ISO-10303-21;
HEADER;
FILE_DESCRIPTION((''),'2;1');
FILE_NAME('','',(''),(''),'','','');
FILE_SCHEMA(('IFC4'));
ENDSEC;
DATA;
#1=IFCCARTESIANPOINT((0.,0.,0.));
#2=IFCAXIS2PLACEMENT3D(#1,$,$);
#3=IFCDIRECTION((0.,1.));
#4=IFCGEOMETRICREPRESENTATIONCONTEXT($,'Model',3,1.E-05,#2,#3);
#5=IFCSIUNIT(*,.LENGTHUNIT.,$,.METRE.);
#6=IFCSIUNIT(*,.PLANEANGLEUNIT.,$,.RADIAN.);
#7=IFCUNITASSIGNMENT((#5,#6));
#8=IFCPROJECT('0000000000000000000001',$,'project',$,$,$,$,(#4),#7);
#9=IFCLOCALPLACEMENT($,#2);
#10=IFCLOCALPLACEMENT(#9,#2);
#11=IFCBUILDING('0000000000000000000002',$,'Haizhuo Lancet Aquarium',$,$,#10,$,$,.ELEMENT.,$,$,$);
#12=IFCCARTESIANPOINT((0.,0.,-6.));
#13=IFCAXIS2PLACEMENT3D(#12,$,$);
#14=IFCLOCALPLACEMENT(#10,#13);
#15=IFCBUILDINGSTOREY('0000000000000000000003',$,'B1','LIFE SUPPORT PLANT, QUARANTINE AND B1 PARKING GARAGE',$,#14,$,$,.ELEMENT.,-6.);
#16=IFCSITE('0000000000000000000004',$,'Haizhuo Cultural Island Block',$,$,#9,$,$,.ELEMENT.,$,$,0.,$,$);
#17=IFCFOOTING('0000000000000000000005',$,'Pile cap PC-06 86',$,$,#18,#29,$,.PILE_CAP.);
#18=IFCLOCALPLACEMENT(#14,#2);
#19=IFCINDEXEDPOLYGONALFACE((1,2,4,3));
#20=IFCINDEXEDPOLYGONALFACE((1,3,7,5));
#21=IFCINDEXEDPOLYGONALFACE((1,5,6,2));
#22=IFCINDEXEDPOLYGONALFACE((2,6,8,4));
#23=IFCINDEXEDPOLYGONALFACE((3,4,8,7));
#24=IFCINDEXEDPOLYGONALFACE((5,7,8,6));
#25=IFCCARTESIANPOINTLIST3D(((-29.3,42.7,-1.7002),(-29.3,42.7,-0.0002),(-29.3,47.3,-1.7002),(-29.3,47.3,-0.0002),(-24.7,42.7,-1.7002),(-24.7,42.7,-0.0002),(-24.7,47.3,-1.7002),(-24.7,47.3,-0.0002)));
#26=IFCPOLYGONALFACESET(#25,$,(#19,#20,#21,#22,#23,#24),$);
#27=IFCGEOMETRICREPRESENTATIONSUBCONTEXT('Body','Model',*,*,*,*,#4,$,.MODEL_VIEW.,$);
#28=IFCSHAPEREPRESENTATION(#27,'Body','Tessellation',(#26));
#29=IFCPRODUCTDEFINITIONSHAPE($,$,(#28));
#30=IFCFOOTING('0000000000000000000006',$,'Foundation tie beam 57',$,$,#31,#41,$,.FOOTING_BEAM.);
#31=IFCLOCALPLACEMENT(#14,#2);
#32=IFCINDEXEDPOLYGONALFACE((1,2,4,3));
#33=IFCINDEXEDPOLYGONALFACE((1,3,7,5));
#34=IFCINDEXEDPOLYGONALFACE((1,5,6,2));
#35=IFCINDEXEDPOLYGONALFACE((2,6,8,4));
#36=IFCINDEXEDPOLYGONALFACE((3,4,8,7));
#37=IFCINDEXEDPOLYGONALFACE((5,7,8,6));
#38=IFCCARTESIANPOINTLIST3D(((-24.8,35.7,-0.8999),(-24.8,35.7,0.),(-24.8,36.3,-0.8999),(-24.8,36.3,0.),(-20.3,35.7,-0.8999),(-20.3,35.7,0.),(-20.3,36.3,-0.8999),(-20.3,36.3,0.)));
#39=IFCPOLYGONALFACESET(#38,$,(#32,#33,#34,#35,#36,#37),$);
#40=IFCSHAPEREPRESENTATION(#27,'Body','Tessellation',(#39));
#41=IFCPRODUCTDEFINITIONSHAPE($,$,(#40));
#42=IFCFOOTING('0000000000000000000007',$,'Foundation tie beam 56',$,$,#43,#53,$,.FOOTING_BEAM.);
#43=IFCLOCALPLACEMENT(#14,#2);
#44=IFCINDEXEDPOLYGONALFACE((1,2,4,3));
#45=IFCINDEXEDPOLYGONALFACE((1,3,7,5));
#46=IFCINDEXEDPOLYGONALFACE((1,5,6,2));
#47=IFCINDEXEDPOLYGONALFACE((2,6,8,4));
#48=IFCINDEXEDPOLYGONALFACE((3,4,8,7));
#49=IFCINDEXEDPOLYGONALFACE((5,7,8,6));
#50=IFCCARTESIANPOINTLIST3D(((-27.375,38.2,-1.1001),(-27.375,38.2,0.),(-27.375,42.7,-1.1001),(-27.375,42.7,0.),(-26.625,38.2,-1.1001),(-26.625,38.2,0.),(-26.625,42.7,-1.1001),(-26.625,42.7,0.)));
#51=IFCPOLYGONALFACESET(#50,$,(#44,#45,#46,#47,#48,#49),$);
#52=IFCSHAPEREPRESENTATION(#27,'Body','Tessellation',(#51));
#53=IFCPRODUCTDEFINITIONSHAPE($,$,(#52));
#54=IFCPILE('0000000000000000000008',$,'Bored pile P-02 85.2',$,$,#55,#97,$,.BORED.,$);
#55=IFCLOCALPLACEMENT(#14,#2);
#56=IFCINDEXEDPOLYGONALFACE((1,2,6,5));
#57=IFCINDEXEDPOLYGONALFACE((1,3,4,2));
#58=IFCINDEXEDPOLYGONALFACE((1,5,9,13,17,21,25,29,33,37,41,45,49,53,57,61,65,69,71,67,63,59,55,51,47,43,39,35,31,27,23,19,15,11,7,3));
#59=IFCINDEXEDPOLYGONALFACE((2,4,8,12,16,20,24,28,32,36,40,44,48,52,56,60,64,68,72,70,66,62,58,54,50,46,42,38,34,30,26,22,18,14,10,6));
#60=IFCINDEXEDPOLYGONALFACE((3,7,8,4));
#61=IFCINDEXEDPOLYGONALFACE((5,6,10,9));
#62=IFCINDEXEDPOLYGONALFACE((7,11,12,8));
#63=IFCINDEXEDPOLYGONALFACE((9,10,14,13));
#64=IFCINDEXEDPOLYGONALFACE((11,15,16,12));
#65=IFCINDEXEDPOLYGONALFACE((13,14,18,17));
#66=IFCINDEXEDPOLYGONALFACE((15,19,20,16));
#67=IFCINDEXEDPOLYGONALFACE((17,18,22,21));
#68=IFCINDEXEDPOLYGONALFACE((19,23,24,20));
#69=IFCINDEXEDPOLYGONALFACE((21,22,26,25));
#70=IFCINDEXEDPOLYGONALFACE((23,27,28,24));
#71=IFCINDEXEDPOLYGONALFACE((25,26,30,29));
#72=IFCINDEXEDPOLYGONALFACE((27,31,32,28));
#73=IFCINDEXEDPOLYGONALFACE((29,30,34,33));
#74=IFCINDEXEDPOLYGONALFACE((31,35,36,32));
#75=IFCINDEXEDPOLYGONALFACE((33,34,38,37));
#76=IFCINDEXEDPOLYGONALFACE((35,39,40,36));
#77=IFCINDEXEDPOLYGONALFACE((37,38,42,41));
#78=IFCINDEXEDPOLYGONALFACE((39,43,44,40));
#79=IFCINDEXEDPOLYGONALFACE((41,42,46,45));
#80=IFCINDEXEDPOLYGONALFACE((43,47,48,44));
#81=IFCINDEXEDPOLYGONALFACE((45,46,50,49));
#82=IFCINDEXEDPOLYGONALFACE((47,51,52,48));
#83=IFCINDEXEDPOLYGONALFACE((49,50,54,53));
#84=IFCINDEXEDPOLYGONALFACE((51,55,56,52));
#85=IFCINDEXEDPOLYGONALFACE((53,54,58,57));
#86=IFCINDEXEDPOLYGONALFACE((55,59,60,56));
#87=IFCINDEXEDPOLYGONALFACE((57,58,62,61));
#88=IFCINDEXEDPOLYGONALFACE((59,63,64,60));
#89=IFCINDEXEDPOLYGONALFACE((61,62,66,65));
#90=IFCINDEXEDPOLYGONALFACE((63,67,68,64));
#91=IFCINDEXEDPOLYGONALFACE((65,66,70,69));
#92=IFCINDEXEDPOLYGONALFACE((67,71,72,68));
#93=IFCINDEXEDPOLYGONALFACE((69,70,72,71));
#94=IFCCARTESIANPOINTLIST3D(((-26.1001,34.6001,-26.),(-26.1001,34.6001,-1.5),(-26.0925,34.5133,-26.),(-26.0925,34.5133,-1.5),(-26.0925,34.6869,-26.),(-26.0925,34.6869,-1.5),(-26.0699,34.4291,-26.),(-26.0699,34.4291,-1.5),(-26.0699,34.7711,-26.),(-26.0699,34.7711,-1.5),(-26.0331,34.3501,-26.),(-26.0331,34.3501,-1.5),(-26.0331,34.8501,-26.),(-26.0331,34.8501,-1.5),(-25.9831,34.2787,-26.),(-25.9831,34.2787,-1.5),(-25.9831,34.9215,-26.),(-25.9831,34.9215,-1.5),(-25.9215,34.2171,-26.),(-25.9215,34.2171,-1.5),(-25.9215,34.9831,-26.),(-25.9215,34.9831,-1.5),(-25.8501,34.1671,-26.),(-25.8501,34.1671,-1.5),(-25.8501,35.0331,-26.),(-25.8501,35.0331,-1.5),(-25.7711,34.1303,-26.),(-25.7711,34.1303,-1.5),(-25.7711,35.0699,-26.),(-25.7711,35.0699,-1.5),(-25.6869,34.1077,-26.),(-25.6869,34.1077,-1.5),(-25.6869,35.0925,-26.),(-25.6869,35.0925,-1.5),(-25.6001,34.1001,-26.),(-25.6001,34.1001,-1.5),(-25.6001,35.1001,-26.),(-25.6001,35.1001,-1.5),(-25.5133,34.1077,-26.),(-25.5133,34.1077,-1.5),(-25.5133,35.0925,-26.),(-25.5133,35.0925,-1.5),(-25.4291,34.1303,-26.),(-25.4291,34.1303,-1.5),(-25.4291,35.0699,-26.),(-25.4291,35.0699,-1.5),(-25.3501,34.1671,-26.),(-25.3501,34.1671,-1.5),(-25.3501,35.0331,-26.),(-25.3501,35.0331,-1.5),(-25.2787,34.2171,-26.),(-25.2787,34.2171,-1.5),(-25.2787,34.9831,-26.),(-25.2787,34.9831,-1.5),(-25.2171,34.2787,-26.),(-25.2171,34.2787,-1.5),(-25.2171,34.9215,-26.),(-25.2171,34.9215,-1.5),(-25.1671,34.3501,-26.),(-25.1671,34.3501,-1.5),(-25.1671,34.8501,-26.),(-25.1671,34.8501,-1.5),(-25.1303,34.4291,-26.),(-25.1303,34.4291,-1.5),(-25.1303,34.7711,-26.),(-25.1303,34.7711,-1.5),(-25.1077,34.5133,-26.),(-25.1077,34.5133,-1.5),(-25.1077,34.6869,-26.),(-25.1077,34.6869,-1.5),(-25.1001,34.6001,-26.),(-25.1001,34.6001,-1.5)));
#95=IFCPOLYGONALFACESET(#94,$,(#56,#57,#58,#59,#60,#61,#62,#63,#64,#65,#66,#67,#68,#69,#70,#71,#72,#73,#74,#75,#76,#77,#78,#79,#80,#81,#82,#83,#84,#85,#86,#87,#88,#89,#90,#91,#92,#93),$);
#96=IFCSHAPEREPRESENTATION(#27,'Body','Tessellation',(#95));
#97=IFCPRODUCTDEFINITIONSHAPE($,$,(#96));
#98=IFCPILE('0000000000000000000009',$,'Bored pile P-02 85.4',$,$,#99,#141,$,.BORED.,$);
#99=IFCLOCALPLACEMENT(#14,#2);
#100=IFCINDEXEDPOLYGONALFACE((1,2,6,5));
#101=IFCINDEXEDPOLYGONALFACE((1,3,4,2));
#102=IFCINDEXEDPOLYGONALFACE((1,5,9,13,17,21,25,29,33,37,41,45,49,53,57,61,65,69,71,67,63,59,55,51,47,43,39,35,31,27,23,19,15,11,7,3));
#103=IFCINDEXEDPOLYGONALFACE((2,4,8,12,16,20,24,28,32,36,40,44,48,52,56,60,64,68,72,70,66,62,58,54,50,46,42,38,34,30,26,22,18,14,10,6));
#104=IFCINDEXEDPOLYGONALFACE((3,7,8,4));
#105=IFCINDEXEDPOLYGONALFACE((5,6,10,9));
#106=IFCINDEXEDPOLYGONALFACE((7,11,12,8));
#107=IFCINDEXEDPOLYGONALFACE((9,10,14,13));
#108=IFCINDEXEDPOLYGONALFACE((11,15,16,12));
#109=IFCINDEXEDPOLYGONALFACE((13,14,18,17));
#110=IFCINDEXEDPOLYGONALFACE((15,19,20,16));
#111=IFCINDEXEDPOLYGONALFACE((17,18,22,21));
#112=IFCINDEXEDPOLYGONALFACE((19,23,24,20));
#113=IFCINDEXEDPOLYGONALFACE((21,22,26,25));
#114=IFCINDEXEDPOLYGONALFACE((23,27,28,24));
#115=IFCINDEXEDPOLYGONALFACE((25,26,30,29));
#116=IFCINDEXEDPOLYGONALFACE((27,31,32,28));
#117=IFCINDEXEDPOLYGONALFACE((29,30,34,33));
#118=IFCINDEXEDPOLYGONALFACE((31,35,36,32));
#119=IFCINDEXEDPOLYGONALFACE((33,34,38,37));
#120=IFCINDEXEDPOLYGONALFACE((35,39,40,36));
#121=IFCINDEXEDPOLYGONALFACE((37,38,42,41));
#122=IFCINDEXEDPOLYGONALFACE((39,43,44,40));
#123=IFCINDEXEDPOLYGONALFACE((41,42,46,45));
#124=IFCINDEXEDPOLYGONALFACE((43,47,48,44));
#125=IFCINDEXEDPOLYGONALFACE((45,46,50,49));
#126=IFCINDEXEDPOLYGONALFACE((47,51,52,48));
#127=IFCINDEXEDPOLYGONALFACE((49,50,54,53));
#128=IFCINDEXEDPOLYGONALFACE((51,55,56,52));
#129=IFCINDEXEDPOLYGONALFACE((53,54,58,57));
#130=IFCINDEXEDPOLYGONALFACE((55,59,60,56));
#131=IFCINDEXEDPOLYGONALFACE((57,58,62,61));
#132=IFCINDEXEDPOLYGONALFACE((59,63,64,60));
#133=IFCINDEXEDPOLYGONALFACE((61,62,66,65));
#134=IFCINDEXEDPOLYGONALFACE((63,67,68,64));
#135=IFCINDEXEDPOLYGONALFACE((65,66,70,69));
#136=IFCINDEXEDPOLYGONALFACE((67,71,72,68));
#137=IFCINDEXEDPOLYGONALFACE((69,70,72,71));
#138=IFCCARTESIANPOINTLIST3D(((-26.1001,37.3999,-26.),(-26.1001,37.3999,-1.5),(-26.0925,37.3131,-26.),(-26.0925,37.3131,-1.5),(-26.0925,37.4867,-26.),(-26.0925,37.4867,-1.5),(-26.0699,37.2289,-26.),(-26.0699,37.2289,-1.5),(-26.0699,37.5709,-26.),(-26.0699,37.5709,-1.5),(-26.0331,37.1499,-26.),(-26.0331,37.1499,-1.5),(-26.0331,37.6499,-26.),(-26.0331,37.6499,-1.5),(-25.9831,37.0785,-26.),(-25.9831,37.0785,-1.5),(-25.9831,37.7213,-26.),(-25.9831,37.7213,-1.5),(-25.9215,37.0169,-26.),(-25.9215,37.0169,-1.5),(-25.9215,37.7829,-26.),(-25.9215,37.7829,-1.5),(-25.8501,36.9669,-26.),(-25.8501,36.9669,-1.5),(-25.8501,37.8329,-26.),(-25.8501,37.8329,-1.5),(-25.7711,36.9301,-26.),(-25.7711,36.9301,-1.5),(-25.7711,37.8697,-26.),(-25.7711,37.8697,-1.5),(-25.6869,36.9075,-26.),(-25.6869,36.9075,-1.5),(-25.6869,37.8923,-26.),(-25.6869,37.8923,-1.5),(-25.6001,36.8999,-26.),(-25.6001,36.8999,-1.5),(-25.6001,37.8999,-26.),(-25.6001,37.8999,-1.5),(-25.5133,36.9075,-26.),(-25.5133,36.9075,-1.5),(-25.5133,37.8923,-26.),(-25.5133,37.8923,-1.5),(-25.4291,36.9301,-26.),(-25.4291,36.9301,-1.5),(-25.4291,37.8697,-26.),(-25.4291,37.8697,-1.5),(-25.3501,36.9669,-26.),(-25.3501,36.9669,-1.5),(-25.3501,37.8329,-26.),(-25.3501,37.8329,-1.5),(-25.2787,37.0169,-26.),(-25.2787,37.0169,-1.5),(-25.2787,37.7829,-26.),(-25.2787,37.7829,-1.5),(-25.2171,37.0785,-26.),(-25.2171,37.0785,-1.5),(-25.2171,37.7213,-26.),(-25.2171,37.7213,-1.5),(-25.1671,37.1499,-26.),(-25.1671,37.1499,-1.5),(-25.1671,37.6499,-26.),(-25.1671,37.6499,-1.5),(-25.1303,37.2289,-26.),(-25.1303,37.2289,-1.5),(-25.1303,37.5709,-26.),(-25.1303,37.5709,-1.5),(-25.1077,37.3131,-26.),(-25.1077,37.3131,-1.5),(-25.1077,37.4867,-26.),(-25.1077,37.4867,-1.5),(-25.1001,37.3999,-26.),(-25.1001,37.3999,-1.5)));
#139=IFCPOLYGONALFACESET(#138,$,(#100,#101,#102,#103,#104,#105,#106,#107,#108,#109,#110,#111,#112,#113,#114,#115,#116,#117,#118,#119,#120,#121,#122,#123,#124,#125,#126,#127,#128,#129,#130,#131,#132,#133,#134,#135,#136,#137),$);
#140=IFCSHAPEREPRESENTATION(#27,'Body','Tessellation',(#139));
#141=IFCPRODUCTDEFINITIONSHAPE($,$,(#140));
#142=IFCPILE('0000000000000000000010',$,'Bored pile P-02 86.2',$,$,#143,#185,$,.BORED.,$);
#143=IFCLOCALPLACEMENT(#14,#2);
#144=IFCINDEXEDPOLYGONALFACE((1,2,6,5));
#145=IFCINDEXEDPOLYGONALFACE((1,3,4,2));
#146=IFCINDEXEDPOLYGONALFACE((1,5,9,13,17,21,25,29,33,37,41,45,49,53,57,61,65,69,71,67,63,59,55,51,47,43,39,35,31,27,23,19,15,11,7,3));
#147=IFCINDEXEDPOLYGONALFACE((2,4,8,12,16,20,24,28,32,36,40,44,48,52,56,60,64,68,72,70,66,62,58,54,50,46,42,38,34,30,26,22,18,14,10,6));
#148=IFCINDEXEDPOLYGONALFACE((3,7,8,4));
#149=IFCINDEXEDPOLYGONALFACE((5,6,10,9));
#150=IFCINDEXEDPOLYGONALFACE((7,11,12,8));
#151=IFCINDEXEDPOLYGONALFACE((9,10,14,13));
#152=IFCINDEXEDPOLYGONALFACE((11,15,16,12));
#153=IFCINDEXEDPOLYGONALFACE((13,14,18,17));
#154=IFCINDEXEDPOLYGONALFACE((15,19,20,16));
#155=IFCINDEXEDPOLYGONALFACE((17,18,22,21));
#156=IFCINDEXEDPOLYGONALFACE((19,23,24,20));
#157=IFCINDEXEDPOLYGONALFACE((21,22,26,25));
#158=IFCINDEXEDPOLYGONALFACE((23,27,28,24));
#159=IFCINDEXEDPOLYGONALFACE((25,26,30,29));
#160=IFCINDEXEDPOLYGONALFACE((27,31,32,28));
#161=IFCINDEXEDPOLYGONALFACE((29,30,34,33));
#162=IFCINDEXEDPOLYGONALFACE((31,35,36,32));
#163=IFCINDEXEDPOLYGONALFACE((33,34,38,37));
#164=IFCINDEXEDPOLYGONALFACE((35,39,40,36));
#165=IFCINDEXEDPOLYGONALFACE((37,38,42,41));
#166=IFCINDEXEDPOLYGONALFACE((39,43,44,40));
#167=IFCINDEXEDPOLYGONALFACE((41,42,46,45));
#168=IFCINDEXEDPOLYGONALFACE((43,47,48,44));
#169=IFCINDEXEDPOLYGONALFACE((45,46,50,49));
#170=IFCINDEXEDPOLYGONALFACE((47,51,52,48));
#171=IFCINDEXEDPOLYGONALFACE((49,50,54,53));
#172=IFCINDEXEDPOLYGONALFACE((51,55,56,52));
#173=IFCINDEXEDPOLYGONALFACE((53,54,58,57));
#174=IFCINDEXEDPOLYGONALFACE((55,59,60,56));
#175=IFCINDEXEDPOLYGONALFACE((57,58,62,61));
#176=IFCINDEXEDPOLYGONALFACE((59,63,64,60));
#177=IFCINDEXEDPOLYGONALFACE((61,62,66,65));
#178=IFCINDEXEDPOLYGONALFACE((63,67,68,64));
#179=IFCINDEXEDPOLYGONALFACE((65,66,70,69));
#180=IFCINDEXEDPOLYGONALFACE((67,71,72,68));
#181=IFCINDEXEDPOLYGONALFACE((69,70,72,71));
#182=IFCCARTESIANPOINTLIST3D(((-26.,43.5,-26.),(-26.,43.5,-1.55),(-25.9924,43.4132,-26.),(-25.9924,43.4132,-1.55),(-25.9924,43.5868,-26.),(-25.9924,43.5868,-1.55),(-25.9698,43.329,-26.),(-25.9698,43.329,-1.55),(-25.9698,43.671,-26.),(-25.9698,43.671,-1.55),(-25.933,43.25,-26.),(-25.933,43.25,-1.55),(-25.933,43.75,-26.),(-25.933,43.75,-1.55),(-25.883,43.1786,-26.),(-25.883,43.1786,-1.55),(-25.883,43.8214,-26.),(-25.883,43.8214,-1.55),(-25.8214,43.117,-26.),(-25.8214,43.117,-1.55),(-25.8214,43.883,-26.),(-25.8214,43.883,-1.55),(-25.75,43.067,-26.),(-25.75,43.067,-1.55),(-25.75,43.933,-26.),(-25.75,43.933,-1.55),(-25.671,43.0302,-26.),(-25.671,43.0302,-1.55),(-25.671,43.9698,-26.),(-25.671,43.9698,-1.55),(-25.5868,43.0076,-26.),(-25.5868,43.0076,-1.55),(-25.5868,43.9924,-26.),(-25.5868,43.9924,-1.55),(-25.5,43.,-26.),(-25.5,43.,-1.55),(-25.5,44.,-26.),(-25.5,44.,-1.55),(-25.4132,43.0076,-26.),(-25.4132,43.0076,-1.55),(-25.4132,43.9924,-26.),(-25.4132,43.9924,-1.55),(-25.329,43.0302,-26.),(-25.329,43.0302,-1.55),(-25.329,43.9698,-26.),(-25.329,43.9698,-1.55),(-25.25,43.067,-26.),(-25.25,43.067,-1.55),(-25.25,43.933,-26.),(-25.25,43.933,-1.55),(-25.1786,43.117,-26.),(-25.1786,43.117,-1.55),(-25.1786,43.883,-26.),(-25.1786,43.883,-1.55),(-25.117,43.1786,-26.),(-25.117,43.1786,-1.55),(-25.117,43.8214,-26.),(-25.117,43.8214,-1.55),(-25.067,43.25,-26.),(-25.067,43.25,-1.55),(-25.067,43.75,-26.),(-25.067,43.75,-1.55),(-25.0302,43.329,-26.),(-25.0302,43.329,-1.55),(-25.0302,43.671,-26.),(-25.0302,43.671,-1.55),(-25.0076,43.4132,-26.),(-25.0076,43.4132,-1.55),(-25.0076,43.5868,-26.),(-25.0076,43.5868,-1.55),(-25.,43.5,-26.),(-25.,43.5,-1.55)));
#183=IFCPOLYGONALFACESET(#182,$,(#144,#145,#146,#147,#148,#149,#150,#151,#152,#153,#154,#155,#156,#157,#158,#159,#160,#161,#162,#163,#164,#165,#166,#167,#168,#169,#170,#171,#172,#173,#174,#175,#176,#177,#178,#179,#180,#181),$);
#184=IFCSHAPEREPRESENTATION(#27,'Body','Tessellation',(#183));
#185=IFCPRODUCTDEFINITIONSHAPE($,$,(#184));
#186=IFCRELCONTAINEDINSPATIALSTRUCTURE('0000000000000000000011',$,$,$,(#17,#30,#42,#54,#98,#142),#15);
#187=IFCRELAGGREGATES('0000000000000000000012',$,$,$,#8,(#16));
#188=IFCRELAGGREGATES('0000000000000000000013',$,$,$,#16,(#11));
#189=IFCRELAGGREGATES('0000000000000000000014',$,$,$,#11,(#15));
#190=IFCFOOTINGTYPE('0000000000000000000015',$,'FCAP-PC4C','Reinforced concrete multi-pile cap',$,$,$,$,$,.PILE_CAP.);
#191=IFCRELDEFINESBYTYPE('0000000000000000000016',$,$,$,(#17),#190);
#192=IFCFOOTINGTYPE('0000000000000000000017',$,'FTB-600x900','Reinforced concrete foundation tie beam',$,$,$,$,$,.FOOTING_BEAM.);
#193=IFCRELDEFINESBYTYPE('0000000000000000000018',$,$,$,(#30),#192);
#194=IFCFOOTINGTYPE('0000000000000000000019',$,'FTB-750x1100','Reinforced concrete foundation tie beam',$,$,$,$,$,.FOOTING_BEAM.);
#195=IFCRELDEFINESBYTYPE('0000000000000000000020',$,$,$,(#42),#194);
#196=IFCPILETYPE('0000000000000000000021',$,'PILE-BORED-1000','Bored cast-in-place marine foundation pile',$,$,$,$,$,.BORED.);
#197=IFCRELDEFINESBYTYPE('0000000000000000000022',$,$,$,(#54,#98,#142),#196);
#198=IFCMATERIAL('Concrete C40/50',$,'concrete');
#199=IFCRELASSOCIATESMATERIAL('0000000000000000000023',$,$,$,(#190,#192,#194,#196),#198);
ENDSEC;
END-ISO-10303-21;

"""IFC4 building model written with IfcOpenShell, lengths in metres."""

from ifc_helpers import new_model, si_unit, direction, frame, origin, origin_2d, place, context, subcontext, project, spatial, rectangle, circle, extrude, material, material_profile, profile_set, type_object, element, save


model = new_model("IFC4")

# Units and contexts
model_context = context("Model", 3, precision=1e-05, world=origin(), true_north=direction((0.0, 1.0)))
body_context = subcontext(model_context, "Body", "Model", "MODEL_VIEW")
ifc_project = project(units=[si_unit("LENGTHUNIT", "METRE"), si_unit("PLANEANGLEUNIT", "RADIAN")], contexts=[model_context])

# Site, building, storey
site_placement = place(None, origin())
site = spatial("IfcSite", under=ifc_project, at=site_placement, Name="Haizhuo Cultural Island Block", CompositionType="ELEMENT", RefElevation=0.0)
building_placement = place(site_placement, origin())
building = spatial("IfcBuilding", under=site, at=building_placement, Name="Haizhuo Lancet Aquarium", CompositionType="ELEMENT")
storey_placement = place(building_placement, frame((0.0, 0.0, -6.0)))
storey = spatial("IfcBuildingStorey", under=building, at=storey_placement, Name="B1", Description="LIFE SUPPORT PLANT, QUARANTINE AND B1 PARKING GARAGE", CompositionType="ELEMENT", Elevation=-6.0)

# Footings
ifc_material_1 = material(Name="Concrete C40/50", Category="concrete")
footing_type_1 = type_object("IfcFootingType", Name="FCAP-PC4C", Description="Reinforced concrete multi-pile cap", PredefinedType="PILE_CAP", material=ifc_material_1)
footing_1_placement = place(storey_placement, frame((-27.0, 45.0, -1.7002), z_axis=(0.0, 0.0, 1.0), x_axis=(1.0, 0.0, 0.0)))
element("IfcFooting", 1, at=footing_1_placement, inside=storey, type_object=footing_type_1, Name="Pile cap PC-06 86", PredefinedType="PILE_CAP", context=body_context, shape_type="SweptSolid", body=[
    extrude(rectangle(XDim=4.6001, YDim=4.6001, at=origin_2d()), origin(), (0.0, 0.0, 1.0), 1.7),
])
footing_type_2 = type_object("IfcFootingType", Name="FTB-600x900", Description="Reinforced concrete foundation tie beam", PredefinedType="FOOTING_BEAM", material=ifc_material_1)
footing_2_placement = place(storey_placement, frame((-22.55, 36.0, -0.8999), z_axis=(0.0, 0.0, 1.0), x_axis=(1.0, 0.0, 0.0)))
element("IfcFooting", 2, at=footing_2_placement, inside=storey, type_object=footing_type_2, Name="Foundation tie beam 57", PredefinedType="FOOTING_BEAM", context=body_context, shape_type="SweptSolid", body=[
    extrude(rectangle(XDim=4.5, YDim=0.6001, at=origin_2d()), origin(), (0.0, 0.0, 1.0), 0.8999),
])
footing_type_3 = type_object("IfcFootingType", Name="FTB-750x1100", Description="Reinforced concrete foundation tie beam", PredefinedType="FOOTING_BEAM", material=ifc_material_1)
footing_3_placement = place(storey_placement, frame((-27.0, 40.45, -1.1001), z_axis=(0.0, 0.0, 1.0), x_axis=(0.0, 1.0, 0.0)))
element("IfcFooting", 3, at=footing_3_placement, inside=storey, type_object=footing_type_3, Name="Foundation tie beam 56", PredefinedType="FOOTING_BEAM", context=body_context, shape_type="SweptSolid", body=[
    extrude(rectangle(XDim=4.5, YDim=0.75, at=origin_2d()), origin(), (0.0, 0.0, 1.0), 1.1001),
])

# Piles
ifc_material_profile_1 = material_profile(ifc_material_1, circle(Radius=0.5, at=origin_2d()), Name="PILE-1000")
ifc_profile_set_1 = profile_set([ifc_material_profile_1], Name="Concrete C40/50")
pile_type = type_object("IfcPileType", Name="PILE-BORED-1000", Description="Bored cast-in-place marine foundation pile", PredefinedType="BORED", material=ifc_profile_set_1)
for number, where, z_axis, x_axis, name in (
    (4, (-25.6001, 34.6001, -1.5), (0.0, 0.0, -1.0), (1.0, 0.0, 0.0), "Bored pile P-02 85.2"),
    (5, (-25.6001, 37.3999, -1.5), (0.0, 0.0, -1.0), (1.0, 0.0, 0.0), "Bored pile P-02 85.4"),
):
    element("IfcPile", number, at=place(storey_placement, frame(where, z_axis=z_axis, x_axis=x_axis)), inside=storey, type_object=pile_type, Name=name, PredefinedType="BORED", context=body_context, shape_type="SweptSolid", body=[
        extrude(circle(Radius=0.5, at=origin_2d()), origin(), (0.0, 0.0, 1.0), 24.5),
    ])
for number, where, z_axis, x_axis, name in (
    (6, (-25.5, 43.5, -1.55), (0.0, 0.0, -1.0), (1.0, 0.0, 0.0), "Bored pile P-02 86.2"),
):
    element("IfcPile", number, at=place(storey_placement, frame(where, z_axis=z_axis, x_axis=x_axis)), inside=storey, type_object=pile_type, Name=name, PredefinedType="BORED", context=body_context, shape_type="SweptSolid", body=[
        extrude(circle(Radius=0.5, at=origin_2d()), origin(), (0.0, 0.0, 1.0), 24.45),
    ])

save(model, "model.ifc")
